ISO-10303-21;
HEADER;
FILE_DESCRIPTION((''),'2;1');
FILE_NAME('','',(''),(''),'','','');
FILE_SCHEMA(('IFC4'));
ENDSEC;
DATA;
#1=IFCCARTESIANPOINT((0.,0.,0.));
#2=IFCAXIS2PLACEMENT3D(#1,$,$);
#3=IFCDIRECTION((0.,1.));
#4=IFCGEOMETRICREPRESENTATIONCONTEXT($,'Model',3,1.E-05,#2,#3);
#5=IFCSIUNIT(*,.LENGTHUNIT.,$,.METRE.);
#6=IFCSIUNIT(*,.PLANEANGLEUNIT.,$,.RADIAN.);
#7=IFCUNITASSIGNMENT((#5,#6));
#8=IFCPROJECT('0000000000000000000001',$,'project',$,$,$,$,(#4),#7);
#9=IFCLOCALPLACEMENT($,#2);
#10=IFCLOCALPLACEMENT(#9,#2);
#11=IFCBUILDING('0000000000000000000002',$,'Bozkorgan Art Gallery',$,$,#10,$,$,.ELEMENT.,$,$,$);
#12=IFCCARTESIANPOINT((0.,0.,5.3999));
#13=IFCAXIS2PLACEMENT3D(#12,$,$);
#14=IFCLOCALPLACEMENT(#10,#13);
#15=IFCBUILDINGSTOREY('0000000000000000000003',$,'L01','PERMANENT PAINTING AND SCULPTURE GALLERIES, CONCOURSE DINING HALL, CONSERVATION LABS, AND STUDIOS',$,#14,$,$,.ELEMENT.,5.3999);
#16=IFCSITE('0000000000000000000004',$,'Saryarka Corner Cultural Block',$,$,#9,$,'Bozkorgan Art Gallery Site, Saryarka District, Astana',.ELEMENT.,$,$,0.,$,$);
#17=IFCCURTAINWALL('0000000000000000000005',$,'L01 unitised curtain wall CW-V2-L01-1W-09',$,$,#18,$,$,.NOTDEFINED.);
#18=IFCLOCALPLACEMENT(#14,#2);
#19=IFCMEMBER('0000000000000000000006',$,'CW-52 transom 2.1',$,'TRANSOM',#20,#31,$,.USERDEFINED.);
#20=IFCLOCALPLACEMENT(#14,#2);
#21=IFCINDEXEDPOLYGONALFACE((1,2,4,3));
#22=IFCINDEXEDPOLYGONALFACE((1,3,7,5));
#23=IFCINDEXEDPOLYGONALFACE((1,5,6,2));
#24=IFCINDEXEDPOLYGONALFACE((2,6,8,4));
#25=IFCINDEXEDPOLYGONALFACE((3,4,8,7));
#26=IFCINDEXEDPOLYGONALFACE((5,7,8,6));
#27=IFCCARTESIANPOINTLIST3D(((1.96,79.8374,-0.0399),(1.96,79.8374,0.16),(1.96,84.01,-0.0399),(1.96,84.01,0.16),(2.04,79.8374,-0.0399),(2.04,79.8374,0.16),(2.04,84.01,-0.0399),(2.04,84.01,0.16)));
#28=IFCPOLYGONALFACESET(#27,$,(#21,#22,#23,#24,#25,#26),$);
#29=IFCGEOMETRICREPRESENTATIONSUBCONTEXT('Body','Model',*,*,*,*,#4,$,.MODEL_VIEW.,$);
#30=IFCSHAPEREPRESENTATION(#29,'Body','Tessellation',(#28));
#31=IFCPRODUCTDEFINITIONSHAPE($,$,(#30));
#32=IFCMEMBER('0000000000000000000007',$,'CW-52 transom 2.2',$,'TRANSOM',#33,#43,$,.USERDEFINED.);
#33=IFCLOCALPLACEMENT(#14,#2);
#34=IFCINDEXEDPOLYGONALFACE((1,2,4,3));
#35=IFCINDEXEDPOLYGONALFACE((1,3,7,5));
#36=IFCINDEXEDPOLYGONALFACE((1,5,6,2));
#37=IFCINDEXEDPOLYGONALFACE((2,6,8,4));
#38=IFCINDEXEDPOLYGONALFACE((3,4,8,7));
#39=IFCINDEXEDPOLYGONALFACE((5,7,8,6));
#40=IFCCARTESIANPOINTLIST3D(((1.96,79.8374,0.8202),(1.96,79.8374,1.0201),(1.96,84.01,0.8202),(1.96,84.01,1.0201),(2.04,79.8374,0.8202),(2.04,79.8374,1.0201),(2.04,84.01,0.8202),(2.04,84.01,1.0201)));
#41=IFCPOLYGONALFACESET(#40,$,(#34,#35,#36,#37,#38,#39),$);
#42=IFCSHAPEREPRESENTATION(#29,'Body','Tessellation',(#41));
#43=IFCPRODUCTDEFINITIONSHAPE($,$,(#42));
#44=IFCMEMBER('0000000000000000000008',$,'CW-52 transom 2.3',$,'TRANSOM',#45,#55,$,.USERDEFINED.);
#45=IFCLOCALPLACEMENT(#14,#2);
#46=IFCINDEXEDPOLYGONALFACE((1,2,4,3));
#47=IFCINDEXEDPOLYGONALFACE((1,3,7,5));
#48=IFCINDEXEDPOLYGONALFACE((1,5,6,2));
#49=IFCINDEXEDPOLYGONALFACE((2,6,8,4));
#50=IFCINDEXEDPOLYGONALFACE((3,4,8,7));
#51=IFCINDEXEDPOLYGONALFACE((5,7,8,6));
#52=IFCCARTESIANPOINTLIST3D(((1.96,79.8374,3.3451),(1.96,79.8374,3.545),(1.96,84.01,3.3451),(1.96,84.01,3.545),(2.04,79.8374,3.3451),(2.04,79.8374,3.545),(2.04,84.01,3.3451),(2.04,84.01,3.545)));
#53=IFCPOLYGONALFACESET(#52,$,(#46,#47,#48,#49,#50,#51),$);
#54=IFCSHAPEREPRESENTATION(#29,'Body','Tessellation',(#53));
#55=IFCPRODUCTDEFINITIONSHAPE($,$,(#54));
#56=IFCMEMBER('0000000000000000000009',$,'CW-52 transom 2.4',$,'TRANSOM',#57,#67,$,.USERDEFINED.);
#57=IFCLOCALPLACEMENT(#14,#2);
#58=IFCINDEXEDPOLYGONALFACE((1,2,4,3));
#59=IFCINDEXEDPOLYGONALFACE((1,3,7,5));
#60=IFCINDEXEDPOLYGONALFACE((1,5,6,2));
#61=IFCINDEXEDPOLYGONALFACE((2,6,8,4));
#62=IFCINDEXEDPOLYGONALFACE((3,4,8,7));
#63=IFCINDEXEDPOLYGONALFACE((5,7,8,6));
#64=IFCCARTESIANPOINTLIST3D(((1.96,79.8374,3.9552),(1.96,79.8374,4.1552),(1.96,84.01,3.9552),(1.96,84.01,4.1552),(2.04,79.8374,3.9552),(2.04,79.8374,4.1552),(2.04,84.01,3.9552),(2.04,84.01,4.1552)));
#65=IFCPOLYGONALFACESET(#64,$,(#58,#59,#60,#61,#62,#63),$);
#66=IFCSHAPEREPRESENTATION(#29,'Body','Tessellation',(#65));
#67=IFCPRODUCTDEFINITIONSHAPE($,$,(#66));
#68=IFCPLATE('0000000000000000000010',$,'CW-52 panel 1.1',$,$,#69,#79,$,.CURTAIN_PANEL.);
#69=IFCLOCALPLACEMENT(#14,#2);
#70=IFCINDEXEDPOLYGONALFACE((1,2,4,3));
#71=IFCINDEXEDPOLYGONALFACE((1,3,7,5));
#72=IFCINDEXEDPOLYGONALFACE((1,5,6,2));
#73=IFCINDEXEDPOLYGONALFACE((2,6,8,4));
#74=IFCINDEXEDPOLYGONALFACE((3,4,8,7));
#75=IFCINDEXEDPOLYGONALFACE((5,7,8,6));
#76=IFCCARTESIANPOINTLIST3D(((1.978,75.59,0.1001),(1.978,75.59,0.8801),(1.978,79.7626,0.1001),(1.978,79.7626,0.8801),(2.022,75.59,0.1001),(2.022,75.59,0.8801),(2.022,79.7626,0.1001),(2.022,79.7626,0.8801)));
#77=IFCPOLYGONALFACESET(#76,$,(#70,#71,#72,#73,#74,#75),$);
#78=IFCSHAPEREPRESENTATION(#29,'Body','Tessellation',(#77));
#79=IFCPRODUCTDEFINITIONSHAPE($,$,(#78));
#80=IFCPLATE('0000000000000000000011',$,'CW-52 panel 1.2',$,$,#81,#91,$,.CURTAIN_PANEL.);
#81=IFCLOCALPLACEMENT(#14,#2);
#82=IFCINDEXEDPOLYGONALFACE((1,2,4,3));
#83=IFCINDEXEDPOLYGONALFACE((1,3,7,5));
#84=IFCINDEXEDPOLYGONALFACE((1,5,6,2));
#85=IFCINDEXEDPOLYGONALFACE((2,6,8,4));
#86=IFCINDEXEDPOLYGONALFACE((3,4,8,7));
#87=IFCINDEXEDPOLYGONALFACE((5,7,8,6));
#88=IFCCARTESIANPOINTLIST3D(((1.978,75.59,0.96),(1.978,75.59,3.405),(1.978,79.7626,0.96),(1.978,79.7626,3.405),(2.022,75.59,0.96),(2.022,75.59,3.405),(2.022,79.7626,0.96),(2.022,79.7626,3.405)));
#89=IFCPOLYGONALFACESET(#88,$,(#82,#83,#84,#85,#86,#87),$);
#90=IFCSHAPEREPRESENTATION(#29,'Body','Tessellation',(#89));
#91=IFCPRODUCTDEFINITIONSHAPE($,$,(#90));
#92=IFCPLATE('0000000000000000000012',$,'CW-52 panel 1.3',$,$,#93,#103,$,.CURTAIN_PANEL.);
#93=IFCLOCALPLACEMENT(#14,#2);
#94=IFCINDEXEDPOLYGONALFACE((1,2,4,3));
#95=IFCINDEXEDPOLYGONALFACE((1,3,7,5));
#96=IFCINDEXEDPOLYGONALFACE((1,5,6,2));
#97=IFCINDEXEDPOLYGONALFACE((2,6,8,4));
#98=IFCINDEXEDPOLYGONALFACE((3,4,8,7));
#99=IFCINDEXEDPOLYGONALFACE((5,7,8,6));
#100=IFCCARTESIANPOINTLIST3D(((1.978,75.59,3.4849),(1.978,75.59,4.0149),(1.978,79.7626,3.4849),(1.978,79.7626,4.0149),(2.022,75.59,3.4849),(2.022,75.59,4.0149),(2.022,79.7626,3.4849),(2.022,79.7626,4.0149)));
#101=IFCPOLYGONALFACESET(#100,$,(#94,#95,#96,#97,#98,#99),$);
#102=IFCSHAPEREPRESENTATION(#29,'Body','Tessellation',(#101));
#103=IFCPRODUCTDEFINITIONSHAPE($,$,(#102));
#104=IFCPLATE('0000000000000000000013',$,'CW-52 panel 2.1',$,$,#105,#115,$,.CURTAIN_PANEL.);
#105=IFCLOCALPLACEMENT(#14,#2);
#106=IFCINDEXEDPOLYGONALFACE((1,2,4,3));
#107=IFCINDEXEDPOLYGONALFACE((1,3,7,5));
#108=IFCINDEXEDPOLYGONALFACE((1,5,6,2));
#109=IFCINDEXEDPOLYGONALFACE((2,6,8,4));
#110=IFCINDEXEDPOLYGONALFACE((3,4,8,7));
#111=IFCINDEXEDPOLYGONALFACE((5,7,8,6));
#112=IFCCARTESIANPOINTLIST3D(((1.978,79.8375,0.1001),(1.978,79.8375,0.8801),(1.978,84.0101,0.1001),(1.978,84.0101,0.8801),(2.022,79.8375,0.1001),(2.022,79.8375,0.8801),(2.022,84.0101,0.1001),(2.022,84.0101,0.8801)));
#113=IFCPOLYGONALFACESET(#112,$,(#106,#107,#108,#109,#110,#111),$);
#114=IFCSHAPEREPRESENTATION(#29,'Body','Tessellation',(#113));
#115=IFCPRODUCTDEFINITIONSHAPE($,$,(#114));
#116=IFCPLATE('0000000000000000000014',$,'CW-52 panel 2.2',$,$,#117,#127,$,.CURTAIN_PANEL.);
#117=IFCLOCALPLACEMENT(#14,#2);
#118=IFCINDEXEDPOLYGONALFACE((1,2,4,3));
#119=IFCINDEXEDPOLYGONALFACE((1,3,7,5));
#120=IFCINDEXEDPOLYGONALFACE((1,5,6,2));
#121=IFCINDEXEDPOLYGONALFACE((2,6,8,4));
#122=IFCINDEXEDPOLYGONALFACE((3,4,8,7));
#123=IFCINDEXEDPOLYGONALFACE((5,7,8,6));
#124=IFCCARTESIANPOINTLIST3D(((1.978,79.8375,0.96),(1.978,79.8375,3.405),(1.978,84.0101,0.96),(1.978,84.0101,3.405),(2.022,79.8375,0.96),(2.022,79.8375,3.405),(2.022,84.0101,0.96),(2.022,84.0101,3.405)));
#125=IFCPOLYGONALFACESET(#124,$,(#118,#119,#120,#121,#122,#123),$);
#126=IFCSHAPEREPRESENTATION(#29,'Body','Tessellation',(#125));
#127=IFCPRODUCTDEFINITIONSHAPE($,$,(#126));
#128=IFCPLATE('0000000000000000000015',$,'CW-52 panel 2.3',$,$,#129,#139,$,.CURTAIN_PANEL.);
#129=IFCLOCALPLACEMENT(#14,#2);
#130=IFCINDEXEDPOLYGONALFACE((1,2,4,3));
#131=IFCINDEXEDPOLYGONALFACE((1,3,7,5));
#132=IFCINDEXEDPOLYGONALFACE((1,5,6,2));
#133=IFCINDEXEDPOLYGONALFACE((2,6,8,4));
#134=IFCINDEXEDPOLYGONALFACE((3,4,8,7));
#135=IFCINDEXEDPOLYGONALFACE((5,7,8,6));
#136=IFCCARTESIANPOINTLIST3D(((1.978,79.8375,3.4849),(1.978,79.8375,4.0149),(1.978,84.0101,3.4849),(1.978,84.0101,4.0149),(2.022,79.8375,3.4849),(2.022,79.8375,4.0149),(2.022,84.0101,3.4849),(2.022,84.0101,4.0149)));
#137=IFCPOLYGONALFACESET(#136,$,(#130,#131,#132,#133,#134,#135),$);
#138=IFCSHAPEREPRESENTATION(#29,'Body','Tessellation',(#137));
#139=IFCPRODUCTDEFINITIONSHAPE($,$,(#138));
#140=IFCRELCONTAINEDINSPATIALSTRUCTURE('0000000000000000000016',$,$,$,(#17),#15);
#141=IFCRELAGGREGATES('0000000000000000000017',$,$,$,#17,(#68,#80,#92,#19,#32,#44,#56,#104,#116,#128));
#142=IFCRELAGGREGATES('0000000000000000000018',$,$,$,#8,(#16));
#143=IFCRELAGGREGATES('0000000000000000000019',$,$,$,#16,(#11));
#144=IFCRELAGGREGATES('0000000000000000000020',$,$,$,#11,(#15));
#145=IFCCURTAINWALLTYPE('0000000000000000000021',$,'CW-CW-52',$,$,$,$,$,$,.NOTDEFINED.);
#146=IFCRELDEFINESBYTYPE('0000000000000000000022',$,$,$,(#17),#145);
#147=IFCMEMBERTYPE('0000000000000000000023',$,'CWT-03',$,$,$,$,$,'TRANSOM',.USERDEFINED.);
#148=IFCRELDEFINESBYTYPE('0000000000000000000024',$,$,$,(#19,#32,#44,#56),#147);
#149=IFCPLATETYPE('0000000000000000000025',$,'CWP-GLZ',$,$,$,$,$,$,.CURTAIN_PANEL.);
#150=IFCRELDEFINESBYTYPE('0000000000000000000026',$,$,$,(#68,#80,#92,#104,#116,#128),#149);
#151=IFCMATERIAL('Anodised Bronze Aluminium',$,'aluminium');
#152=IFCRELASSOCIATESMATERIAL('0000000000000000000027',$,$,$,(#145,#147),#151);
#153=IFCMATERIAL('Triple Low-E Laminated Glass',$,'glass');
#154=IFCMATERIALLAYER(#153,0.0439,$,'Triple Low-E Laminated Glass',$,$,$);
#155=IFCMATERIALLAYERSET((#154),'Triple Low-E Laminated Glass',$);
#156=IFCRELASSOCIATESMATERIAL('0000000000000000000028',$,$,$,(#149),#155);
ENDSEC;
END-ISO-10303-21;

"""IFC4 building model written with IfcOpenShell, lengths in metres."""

from ifc_helpers import new_model, si_unit, direction, frame, origin, origin_2d, place, context, subcontext, project, spatial, rectangle, extrude, material, layer, layer_set, material_profile, profile_set, type_object, element, aggregate, save


model = new_model("IFC4")

# Units and contexts
model_context = context("Model", 3, precision=1e-05, world=origin(), true_north=direction((0.0, 1.0)))
body_context = subcontext(model_context, "Body", "Model", "MODEL_VIEW")
ifc_project = project(units=[si_unit("LENGTHUNIT", "METRE"), si_unit("PLANEANGLEUNIT", "RADIAN")], contexts=[model_context])

# Site, building, storey
site_placement = place(None, origin())
site = spatial("IfcSite", under=ifc_project, at=site_placement, Name="Saryarka Corner Cultural Block", LongName="Bozkorgan Art Gallery Site, Saryarka District, Astana", CompositionType="ELEMENT", RefElevation=0.0)
building_placement = place(site_placement, origin())
building = spatial("IfcBuilding", under=site, at=building_placement, Name="Bozkorgan Art Gallery", CompositionType="ELEMENT")
storey_placement = place(building_placement, frame((0.0, 0.0, 5.3999)))
storey = spatial("IfcBuildingStorey", under=building, at=storey_placement, Name="L01", Description="PERMANENT PAINTING AND SCULPTURE GALLERIES, CONCOURSE DINING HALL, CONSERVATION LABS, AND STUDIOS", CompositionType="ELEMENT", Elevation=5.3999)

# Curtain wall, members, plates
ifc_material_1 = material(Name="Anodised Bronze Aluminium", Category="aluminium")
curtain_wall_type = type_object("IfcCurtainWallType", Name="CW-CW-52", PredefinedType="NOTDEFINED", material=ifc_material_1)
curtain_wall_placement = place(storey_placement, origin())
curtain_wall = element("IfcCurtainWall", 1, at=curtain_wall_placement, inside=storey, type_object=curtain_wall_type, Name="L01 unitised curtain wall CW-V2-L01-1W-09", PredefinedType="NOTDEFINED")
ifc_material_profile_1 = material_profile(ifc_material_1, rectangle(XDim=0.0801, YDim=0.2, at=origin_2d()), Name="ALU TRANSOM 80x200")
ifc_profile_set_1 = profile_set([ifc_material_profile_1], Name="Anodised Bronze Aluminium")
member_type_1 = type_object("IfcMemberType", Name="CWT-03", ElementType="TRANSOM", PredefinedType="USERDEFINED", material=ifc_profile_set_1)
member_1_placement = place(storey_placement, frame((2.0, 79.8374, 0.0601), z_axis=(0.0, 1.0, 0.0), x_axis=(-1.0, 0.0, 0.0)))
member_1 = element("IfcMember", 2, at=member_1_placement, type_object=member_type_1, Name="CW-52 transom 2.1", ObjectType="TRANSOM", PredefinedType="USERDEFINED", context=body_context, shape_type="SweptSolid", body=[
    extrude(rectangle(XDim=0.0801, YDim=0.2, at=origin_2d()), origin(), (0.0, 0.0, 1.0), 4.1726),
])
member_2_placement = place(storey_placement, frame((2.0, 79.8374, 0.9202), z_axis=(0.0, 1.0, 0.0), x_axis=(-1.0, 0.0, 0.0)))
member_2 = element("IfcMember", 3, at=member_2_placement, type_object=member_type_1, Name="CW-52 transom 2.2", ObjectType="TRANSOM", PredefinedType="USERDEFINED", context=body_context, shape_type="SweptSolid", body=[
    extrude(rectangle(XDim=0.0801, YDim=0.2, at=origin_2d()), origin(), (0.0, 0.0, 1.0), 4.1726),
])
member_3_placement = place(storey_placement, frame((2.0, 79.8374, 3.4451), z_axis=(0.0, 1.0, 0.0), x_axis=(-1.0, 0.0, 0.0)))
member_3 = element("IfcMember", 4, at=member_3_placement, type_object=member_type_1, Name="CW-52 transom 2.3", ObjectType="TRANSOM", PredefinedType="USERDEFINED", context=body_context, shape_type="SweptSolid", body=[
    extrude(rectangle(XDim=0.0801, YDim=0.2, at=origin_2d()), origin(), (0.0, 0.0, 1.0), 4.1726),
])
member_4_placement = place(storey_placement, frame((2.0, 79.8374, 4.0552), z_axis=(0.0, 1.0, 0.0), x_axis=(-1.0, 0.0, 0.0)))
member_4 = element("IfcMember", 5, at=member_4_placement, type_object=member_type_1, Name="CW-52 transom 2.4", ObjectType="TRANSOM", PredefinedType="USERDEFINED", context=body_context, shape_type="SweptSolid", body=[
    extrude(rectangle(XDim=0.0801, YDim=0.2, at=origin_2d()), origin(), (0.0, 0.0, 1.0), 4.1726),
])
ifc_material_2 = material(Name="Triple Low-E Laminated Glass", Category="glass")
ifc_layer = layer(ifc_material_2, 0.0439, Name="Triple Low-E Laminated Glass")
ifc_layer_set = layer_set([ifc_layer], Name="Triple Low-E Laminated Glass")
plate_type = type_object("IfcPlateType", Name="CWP-GLZ", PredefinedType="CURTAIN_PANEL", material=ifc_layer_set)
plate_1_placement = place(storey_placement, frame((2.0, 77.6763, 0.1001), z_axis=(0.0, 0.0, 1.0), x_axis=(0.0, 1.0, 0.0)))
plate_1 = element("IfcPlate", 6, at=plate_1_placement, type_object=plate_type, Name="CW-52 panel 1.1", PredefinedType="CURTAIN_PANEL", context=body_context, shape_type="SweptSolid", body=[
    extrude(rectangle(XDim=4.1726, YDim=0.0439, at=origin_2d()), origin(), (0.0, 0.0, 1.0), 0.78),
])
plate_2_placement = place(storey_placement, frame((2.0, 77.6763, 0.96), z_axis=(0.0, 0.0, 1.0), x_axis=(0.0, 1.0, 0.0)))
plate_2 = element("IfcPlate", 7, at=plate_2_placement, type_object=plate_type, Name="CW-52 panel 1.2", PredefinedType="CURTAIN_PANEL", context=body_context, shape_type="SweptSolid", body=[
    extrude(rectangle(XDim=4.1726, YDim=0.0439, at=origin_2d()), origin(), (0.0, 0.0, 1.0), 2.4451),
])
plate_3_placement = place(storey_placement, frame((2.0, 77.6763, 3.4849), z_axis=(0.0, 0.0, 1.0), x_axis=(0.0, 1.0, 0.0)))
plate_3 = element("IfcPlate", 8, at=plate_3_placement, type_object=plate_type, Name="CW-52 panel 1.3", PredefinedType="CURTAIN_PANEL", context=body_context, shape_type="SweptSolid", body=[
    extrude(rectangle(XDim=4.1726, YDim=0.0439, at=origin_2d()), origin(), (0.0, 0.0, 1.0), 0.53),
])
plate_4_placement = place(storey_placement, frame((2.0, 81.9238, 0.1001), z_axis=(0.0, 0.0, 1.0), x_axis=(0.0, 1.0, 0.0)))
plate_4 = element("IfcPlate", 9, at=plate_4_placement, type_object=plate_type, Name="CW-52 panel 2.1", PredefinedType="CURTAIN_PANEL", context=body_context, shape_type="SweptSolid", body=[
    extrude(rectangle(XDim=4.1726, YDim=0.0439, at=origin_2d()), origin(), (0.0, 0.0, 1.0), 0.78),
])
plate_5_placement = place(storey_placement, frame((2.0, 81.9238, 0.96), z_axis=(0.0, 0.0, 1.0), x_axis=(0.0, 1.0, 0.0)))
plate_5 = element("IfcPlate", 10, at=plate_5_placement, type_object=plate_type, Name="CW-52 panel 2.2", PredefinedType="CURTAIN_PANEL", context=body_context, shape_type="SweptSolid", body=[
    extrude(rectangle(XDim=4.1726, YDim=0.0439, at=origin_2d()), origin(), (0.0, 0.0, 1.0), 2.4451),
])
plate_6_placement = place(storey_placement, frame((2.0, 81.9238, 3.4849), z_axis=(0.0, 0.0, 1.0), x_axis=(0.0, 1.0, 0.0)))
plate_6 = element("IfcPlate", 11, at=plate_6_placement, type_object=plate_type, Name="CW-52 panel 2.3", PredefinedType="CURTAIN_PANEL", context=body_context, shape_type="SweptSolid", body=[
    extrude(rectangle(XDim=4.1726, YDim=0.0439, at=origin_2d()), origin(), (0.0, 0.0, 1.0), 0.53),
])
aggregate(curtain_wall, [plate_1, plate_2, plate_3, member_1, member_2, member_3, member_4, plate_4, plate_5, plate_6])

save(model, "model.ifc")
